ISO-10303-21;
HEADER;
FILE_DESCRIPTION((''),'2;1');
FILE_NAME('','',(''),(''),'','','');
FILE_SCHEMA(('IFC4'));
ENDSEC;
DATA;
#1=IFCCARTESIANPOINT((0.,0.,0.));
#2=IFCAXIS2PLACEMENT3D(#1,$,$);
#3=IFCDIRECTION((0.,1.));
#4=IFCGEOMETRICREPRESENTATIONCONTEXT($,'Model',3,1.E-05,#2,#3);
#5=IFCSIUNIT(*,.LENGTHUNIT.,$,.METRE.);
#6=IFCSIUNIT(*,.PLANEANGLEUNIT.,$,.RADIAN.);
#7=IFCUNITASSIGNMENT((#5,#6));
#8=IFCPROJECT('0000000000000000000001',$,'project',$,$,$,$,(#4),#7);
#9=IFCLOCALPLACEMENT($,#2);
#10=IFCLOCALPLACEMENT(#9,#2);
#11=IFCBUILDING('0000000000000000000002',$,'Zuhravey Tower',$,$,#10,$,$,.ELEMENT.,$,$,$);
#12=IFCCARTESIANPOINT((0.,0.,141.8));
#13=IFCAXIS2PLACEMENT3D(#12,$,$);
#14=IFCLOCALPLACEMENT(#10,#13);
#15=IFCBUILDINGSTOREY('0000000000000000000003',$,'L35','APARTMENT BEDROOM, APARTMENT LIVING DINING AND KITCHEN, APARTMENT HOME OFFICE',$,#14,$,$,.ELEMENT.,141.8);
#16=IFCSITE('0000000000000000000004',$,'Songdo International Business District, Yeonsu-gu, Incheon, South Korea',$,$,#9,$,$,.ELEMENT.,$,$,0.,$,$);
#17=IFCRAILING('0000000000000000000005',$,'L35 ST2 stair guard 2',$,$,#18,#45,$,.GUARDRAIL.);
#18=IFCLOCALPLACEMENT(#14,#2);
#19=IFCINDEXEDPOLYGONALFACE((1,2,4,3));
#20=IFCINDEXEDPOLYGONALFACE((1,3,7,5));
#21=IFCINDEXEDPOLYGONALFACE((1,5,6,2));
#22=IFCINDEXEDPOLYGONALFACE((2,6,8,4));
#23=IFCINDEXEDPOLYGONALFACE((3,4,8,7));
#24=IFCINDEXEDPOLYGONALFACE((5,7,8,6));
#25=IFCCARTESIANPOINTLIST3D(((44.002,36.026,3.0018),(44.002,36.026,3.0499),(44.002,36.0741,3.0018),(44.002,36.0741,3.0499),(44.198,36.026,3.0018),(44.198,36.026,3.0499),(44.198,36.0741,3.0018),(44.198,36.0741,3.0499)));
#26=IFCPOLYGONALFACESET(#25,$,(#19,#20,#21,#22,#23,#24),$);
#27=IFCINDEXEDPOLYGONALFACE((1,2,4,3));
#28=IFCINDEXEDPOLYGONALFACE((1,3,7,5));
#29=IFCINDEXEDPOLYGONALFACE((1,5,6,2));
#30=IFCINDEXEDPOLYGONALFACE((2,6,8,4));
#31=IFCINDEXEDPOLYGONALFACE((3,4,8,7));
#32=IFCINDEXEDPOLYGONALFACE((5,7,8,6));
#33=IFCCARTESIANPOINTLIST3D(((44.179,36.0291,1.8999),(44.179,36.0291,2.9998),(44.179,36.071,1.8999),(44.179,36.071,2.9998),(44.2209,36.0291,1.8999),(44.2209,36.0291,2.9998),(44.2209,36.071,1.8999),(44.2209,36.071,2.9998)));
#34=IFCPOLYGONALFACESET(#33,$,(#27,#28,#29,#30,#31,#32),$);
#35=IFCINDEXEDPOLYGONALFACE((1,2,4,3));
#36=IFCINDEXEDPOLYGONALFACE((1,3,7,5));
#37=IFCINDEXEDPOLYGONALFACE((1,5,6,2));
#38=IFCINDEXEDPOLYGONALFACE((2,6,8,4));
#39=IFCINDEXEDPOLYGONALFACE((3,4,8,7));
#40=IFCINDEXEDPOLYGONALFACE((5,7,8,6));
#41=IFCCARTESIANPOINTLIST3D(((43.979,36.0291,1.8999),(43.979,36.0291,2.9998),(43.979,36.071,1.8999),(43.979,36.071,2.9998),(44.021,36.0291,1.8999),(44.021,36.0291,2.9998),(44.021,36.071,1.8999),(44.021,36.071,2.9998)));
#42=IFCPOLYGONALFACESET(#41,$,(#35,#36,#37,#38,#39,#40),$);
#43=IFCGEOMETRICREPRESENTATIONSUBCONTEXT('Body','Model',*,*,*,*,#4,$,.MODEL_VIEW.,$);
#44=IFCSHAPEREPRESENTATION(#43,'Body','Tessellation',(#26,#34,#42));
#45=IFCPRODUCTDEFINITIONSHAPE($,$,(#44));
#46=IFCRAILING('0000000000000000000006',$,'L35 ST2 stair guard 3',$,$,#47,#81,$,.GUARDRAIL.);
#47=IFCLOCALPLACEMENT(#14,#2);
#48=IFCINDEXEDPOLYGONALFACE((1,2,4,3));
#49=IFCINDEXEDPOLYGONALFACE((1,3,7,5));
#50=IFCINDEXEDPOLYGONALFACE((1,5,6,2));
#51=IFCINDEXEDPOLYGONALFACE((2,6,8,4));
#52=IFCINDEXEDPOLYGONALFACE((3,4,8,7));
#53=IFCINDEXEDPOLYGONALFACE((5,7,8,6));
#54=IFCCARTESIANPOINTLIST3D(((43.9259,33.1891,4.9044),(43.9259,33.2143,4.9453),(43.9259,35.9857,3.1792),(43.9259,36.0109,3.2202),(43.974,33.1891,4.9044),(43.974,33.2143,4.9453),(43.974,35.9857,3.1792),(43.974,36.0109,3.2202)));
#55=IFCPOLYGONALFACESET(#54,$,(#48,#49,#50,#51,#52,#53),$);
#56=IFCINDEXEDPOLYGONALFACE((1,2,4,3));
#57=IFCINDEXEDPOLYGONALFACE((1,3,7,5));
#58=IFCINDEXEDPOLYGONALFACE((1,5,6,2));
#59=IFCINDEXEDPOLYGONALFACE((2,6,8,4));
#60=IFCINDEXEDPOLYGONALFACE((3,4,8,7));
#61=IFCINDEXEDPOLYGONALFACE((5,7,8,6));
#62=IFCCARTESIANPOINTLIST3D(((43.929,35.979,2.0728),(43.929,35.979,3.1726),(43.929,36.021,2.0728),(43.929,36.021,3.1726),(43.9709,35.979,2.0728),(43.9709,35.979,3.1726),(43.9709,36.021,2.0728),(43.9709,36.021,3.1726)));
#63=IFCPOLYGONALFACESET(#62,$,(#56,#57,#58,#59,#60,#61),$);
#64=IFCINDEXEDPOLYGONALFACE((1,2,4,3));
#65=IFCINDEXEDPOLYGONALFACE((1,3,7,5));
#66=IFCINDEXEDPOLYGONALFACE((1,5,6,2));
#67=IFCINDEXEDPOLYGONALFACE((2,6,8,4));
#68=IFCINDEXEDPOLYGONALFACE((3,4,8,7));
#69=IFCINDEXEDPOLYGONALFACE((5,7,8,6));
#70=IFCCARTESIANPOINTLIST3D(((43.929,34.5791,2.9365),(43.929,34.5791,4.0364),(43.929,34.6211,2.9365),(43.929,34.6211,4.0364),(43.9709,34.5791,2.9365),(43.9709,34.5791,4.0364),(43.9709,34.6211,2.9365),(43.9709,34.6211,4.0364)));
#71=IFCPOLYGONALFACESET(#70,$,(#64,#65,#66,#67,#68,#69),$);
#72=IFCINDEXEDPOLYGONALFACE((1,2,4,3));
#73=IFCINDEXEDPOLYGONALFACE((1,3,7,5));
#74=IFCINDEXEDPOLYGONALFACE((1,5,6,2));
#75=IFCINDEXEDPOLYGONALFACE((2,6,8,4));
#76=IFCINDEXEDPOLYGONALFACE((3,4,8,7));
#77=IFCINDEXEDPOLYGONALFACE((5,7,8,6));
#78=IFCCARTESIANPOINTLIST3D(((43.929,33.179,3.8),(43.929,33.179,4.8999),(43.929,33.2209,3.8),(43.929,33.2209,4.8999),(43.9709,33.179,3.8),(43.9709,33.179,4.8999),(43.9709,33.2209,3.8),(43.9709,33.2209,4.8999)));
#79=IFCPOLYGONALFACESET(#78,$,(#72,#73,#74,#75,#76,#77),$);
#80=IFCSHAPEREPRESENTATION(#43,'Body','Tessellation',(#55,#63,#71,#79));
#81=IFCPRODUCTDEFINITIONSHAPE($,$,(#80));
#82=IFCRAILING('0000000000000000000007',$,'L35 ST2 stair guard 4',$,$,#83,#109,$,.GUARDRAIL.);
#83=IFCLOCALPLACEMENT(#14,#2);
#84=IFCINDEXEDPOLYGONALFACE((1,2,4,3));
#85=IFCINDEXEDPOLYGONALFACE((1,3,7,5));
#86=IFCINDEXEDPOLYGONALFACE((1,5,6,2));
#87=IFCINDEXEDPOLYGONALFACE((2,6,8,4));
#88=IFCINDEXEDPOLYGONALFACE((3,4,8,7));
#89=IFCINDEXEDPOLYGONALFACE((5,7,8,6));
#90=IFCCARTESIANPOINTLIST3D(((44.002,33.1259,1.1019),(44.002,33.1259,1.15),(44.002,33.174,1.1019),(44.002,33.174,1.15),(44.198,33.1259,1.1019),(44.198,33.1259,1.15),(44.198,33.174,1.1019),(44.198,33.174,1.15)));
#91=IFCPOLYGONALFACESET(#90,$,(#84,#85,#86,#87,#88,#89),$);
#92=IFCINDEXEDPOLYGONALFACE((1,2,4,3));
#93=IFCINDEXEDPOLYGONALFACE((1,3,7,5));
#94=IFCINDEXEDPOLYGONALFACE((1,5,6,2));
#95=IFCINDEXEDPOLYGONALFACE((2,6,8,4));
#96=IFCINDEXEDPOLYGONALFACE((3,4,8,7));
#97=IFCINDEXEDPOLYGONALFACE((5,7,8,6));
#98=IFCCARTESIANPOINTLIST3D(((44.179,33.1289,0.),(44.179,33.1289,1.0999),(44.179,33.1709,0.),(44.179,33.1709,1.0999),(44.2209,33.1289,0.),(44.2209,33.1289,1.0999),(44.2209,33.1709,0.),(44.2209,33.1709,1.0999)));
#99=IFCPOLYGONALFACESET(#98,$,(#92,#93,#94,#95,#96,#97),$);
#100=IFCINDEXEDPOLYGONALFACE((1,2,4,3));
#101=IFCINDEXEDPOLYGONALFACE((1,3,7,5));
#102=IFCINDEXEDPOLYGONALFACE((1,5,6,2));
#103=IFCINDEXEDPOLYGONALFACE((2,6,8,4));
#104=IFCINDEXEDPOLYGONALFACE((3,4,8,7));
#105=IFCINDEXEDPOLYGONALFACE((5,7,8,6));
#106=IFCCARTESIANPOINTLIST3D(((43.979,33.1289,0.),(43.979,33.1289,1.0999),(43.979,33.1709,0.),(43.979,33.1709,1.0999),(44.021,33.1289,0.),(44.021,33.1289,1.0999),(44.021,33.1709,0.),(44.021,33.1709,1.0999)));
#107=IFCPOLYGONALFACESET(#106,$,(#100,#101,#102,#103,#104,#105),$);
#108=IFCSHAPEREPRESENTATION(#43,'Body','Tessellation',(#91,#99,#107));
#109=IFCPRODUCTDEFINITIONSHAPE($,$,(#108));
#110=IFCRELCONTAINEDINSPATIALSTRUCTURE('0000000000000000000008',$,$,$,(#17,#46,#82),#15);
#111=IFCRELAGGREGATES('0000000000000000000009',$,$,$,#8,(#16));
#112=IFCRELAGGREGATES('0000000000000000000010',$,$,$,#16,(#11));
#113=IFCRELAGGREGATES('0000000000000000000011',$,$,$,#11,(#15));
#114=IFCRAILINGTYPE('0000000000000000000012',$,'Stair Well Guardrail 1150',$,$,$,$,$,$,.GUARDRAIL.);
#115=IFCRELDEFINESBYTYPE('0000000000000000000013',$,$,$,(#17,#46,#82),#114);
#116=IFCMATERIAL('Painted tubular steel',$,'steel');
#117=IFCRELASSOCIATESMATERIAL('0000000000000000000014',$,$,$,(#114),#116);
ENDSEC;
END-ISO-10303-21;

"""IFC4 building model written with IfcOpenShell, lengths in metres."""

from ifc_helpers import new_model, si_unit, direction, frame, origin, origin_2d, place, context, subcontext, project, spatial, rectangle, extrude, material, type_object, element, save


model = new_model("IFC4")

# Units and contexts
model_context = context("Model", 3, precision=1e-05, world=origin(), true_north=direction((0.0, 1.0)))
body_context = subcontext(model_context, "Body", "Model", "MODEL_VIEW")
ifc_project = project(units=[si_unit("LENGTHUNIT", "METRE"), si_unit("PLANEANGLEUNIT", "RADIAN")], contexts=[model_context])

# Site, building, storey
site_placement = place(None, origin())
site = spatial("IfcSite", under=ifc_project, at=site_placement, Name="Songdo International Business District, Yeonsu-gu, Incheon, South Korea", CompositionType="ELEMENT", RefElevation=0.0)
building_placement = place(site_placement, origin())
building = spatial("IfcBuilding", under=site, at=building_placement, Name="Zuhravey Tower", CompositionType="ELEMENT")
storey_placement = place(building_placement, frame((0.0, 0.0, 141.8)))
storey = spatial("IfcBuildingStorey", under=building, at=storey_placement, Name="L35", Description="APARTMENT BEDROOM, APARTMENT LIVING DINING AND KITCHEN, APARTMENT HOME OFFICE", CompositionType="ELEMENT", Elevation=141.8)

# Railings
ifc_material_1 = material(Name="Painted tubular steel", Category="steel")
railing_type_1 = type_object("IfcRailingType", Name="Stair Well Guardrail 1150", PredefinedType="GUARDRAIL", material=ifc_material_1)
railing_1_placement = place(storey_placement, frame((44.2, 36.05, 1.8999)))
element("IfcRailing", 1, at=railing_1_placement, inside=storey, type_object=railing_type_1, Name="L35 ST2 stair guard 2", PredefinedType="GUARDRAIL", context=body_context, shape_type="SweptSolid", body=[
    extrude(rectangle(XDim=0.0481, YDim=0.0481, at=origin_2d()), frame((-0.002, 0.0, 1.126), z_axis=(-1.0, 0.0, 0.0), x_axis=(0.0, -1.0, 0.0)), (0.0, 0.0, 1.0), 0.196),
    extrude(rectangle(XDim=0.042, YDim=0.042, at=origin_2d()), origin(), (0.0, 0.0, 1.0), 1.0999),
    extrude(rectangle(XDim=0.042, YDim=0.042, at=origin_2d()), frame((-0.2, 0.0, 0.0)), (0.0, 0.0, 1.0), 1.0999),
])
railing_2_placement = place(storey_placement, frame((43.95, 36.0, 2.0728)))
element("IfcRailing", 2, at=railing_2_placement, inside=storey, type_object=railing_type_1, Name="L35 ST2 stair guard 3", PredefinedType="GUARDRAIL", context=body_context, shape_type="SweptSolid", body=[
    extrude(rectangle(XDim=0.0481, YDim=0.0481, at=origin_2d()), frame((0.0, -0.0017, 1.127), z_axis=(0.0, -0.85109, 0.52502), x_axis=(1.0, 0.0, 0.0)), (0.0, 0.0, 1.0), 3.2859),
    extrude(rectangle(XDim=0.042, YDim=0.042, at=origin_2d()), origin(), (0.0, 0.0, 1.0), 1.0999),
    extrude(rectangle(XDim=0.042, YDim=0.042, at=origin_2d()), frame((0.0, -1.3999, 0.8638)), (0.0, 0.0, 1.0), 1.0999),
    extrude(rectangle(XDim=0.042, YDim=0.042, at=origin_2d()), frame((0.0, -2.8, 1.7273)), (0.0, 0.0, 1.0), 1.0999),
])
railing_3_placement = place(storey_placement, frame((44.2, 33.1499, 0.0)))
element("IfcRailing", 3, at=railing_3_placement, inside=storey, type_object=railing_type_1, Name="L35 ST2 stair guard 4", PredefinedType="GUARDRAIL", context=body_context, shape_type="SweptSolid", body=[
    extrude(rectangle(XDim=0.0481, YDim=0.0481, at=origin_2d()), frame((-0.002, 0.0, 1.126), z_axis=(-1.0, 0.0, 0.0), x_axis=(0.0, -1.0, 0.0)), (0.0, 0.0, 1.0), 0.196),
    extrude(rectangle(XDim=0.042, YDim=0.042, at=origin_2d()), origin(), (0.0, 0.0, 1.0), 1.0999),
    extrude(rectangle(XDim=0.042, YDim=0.042, at=origin_2d()), frame((-0.2, 0.0, 0.0)), (0.0, 0.0, 1.0), 1.0999),
])

save(model, "model.ifc")
